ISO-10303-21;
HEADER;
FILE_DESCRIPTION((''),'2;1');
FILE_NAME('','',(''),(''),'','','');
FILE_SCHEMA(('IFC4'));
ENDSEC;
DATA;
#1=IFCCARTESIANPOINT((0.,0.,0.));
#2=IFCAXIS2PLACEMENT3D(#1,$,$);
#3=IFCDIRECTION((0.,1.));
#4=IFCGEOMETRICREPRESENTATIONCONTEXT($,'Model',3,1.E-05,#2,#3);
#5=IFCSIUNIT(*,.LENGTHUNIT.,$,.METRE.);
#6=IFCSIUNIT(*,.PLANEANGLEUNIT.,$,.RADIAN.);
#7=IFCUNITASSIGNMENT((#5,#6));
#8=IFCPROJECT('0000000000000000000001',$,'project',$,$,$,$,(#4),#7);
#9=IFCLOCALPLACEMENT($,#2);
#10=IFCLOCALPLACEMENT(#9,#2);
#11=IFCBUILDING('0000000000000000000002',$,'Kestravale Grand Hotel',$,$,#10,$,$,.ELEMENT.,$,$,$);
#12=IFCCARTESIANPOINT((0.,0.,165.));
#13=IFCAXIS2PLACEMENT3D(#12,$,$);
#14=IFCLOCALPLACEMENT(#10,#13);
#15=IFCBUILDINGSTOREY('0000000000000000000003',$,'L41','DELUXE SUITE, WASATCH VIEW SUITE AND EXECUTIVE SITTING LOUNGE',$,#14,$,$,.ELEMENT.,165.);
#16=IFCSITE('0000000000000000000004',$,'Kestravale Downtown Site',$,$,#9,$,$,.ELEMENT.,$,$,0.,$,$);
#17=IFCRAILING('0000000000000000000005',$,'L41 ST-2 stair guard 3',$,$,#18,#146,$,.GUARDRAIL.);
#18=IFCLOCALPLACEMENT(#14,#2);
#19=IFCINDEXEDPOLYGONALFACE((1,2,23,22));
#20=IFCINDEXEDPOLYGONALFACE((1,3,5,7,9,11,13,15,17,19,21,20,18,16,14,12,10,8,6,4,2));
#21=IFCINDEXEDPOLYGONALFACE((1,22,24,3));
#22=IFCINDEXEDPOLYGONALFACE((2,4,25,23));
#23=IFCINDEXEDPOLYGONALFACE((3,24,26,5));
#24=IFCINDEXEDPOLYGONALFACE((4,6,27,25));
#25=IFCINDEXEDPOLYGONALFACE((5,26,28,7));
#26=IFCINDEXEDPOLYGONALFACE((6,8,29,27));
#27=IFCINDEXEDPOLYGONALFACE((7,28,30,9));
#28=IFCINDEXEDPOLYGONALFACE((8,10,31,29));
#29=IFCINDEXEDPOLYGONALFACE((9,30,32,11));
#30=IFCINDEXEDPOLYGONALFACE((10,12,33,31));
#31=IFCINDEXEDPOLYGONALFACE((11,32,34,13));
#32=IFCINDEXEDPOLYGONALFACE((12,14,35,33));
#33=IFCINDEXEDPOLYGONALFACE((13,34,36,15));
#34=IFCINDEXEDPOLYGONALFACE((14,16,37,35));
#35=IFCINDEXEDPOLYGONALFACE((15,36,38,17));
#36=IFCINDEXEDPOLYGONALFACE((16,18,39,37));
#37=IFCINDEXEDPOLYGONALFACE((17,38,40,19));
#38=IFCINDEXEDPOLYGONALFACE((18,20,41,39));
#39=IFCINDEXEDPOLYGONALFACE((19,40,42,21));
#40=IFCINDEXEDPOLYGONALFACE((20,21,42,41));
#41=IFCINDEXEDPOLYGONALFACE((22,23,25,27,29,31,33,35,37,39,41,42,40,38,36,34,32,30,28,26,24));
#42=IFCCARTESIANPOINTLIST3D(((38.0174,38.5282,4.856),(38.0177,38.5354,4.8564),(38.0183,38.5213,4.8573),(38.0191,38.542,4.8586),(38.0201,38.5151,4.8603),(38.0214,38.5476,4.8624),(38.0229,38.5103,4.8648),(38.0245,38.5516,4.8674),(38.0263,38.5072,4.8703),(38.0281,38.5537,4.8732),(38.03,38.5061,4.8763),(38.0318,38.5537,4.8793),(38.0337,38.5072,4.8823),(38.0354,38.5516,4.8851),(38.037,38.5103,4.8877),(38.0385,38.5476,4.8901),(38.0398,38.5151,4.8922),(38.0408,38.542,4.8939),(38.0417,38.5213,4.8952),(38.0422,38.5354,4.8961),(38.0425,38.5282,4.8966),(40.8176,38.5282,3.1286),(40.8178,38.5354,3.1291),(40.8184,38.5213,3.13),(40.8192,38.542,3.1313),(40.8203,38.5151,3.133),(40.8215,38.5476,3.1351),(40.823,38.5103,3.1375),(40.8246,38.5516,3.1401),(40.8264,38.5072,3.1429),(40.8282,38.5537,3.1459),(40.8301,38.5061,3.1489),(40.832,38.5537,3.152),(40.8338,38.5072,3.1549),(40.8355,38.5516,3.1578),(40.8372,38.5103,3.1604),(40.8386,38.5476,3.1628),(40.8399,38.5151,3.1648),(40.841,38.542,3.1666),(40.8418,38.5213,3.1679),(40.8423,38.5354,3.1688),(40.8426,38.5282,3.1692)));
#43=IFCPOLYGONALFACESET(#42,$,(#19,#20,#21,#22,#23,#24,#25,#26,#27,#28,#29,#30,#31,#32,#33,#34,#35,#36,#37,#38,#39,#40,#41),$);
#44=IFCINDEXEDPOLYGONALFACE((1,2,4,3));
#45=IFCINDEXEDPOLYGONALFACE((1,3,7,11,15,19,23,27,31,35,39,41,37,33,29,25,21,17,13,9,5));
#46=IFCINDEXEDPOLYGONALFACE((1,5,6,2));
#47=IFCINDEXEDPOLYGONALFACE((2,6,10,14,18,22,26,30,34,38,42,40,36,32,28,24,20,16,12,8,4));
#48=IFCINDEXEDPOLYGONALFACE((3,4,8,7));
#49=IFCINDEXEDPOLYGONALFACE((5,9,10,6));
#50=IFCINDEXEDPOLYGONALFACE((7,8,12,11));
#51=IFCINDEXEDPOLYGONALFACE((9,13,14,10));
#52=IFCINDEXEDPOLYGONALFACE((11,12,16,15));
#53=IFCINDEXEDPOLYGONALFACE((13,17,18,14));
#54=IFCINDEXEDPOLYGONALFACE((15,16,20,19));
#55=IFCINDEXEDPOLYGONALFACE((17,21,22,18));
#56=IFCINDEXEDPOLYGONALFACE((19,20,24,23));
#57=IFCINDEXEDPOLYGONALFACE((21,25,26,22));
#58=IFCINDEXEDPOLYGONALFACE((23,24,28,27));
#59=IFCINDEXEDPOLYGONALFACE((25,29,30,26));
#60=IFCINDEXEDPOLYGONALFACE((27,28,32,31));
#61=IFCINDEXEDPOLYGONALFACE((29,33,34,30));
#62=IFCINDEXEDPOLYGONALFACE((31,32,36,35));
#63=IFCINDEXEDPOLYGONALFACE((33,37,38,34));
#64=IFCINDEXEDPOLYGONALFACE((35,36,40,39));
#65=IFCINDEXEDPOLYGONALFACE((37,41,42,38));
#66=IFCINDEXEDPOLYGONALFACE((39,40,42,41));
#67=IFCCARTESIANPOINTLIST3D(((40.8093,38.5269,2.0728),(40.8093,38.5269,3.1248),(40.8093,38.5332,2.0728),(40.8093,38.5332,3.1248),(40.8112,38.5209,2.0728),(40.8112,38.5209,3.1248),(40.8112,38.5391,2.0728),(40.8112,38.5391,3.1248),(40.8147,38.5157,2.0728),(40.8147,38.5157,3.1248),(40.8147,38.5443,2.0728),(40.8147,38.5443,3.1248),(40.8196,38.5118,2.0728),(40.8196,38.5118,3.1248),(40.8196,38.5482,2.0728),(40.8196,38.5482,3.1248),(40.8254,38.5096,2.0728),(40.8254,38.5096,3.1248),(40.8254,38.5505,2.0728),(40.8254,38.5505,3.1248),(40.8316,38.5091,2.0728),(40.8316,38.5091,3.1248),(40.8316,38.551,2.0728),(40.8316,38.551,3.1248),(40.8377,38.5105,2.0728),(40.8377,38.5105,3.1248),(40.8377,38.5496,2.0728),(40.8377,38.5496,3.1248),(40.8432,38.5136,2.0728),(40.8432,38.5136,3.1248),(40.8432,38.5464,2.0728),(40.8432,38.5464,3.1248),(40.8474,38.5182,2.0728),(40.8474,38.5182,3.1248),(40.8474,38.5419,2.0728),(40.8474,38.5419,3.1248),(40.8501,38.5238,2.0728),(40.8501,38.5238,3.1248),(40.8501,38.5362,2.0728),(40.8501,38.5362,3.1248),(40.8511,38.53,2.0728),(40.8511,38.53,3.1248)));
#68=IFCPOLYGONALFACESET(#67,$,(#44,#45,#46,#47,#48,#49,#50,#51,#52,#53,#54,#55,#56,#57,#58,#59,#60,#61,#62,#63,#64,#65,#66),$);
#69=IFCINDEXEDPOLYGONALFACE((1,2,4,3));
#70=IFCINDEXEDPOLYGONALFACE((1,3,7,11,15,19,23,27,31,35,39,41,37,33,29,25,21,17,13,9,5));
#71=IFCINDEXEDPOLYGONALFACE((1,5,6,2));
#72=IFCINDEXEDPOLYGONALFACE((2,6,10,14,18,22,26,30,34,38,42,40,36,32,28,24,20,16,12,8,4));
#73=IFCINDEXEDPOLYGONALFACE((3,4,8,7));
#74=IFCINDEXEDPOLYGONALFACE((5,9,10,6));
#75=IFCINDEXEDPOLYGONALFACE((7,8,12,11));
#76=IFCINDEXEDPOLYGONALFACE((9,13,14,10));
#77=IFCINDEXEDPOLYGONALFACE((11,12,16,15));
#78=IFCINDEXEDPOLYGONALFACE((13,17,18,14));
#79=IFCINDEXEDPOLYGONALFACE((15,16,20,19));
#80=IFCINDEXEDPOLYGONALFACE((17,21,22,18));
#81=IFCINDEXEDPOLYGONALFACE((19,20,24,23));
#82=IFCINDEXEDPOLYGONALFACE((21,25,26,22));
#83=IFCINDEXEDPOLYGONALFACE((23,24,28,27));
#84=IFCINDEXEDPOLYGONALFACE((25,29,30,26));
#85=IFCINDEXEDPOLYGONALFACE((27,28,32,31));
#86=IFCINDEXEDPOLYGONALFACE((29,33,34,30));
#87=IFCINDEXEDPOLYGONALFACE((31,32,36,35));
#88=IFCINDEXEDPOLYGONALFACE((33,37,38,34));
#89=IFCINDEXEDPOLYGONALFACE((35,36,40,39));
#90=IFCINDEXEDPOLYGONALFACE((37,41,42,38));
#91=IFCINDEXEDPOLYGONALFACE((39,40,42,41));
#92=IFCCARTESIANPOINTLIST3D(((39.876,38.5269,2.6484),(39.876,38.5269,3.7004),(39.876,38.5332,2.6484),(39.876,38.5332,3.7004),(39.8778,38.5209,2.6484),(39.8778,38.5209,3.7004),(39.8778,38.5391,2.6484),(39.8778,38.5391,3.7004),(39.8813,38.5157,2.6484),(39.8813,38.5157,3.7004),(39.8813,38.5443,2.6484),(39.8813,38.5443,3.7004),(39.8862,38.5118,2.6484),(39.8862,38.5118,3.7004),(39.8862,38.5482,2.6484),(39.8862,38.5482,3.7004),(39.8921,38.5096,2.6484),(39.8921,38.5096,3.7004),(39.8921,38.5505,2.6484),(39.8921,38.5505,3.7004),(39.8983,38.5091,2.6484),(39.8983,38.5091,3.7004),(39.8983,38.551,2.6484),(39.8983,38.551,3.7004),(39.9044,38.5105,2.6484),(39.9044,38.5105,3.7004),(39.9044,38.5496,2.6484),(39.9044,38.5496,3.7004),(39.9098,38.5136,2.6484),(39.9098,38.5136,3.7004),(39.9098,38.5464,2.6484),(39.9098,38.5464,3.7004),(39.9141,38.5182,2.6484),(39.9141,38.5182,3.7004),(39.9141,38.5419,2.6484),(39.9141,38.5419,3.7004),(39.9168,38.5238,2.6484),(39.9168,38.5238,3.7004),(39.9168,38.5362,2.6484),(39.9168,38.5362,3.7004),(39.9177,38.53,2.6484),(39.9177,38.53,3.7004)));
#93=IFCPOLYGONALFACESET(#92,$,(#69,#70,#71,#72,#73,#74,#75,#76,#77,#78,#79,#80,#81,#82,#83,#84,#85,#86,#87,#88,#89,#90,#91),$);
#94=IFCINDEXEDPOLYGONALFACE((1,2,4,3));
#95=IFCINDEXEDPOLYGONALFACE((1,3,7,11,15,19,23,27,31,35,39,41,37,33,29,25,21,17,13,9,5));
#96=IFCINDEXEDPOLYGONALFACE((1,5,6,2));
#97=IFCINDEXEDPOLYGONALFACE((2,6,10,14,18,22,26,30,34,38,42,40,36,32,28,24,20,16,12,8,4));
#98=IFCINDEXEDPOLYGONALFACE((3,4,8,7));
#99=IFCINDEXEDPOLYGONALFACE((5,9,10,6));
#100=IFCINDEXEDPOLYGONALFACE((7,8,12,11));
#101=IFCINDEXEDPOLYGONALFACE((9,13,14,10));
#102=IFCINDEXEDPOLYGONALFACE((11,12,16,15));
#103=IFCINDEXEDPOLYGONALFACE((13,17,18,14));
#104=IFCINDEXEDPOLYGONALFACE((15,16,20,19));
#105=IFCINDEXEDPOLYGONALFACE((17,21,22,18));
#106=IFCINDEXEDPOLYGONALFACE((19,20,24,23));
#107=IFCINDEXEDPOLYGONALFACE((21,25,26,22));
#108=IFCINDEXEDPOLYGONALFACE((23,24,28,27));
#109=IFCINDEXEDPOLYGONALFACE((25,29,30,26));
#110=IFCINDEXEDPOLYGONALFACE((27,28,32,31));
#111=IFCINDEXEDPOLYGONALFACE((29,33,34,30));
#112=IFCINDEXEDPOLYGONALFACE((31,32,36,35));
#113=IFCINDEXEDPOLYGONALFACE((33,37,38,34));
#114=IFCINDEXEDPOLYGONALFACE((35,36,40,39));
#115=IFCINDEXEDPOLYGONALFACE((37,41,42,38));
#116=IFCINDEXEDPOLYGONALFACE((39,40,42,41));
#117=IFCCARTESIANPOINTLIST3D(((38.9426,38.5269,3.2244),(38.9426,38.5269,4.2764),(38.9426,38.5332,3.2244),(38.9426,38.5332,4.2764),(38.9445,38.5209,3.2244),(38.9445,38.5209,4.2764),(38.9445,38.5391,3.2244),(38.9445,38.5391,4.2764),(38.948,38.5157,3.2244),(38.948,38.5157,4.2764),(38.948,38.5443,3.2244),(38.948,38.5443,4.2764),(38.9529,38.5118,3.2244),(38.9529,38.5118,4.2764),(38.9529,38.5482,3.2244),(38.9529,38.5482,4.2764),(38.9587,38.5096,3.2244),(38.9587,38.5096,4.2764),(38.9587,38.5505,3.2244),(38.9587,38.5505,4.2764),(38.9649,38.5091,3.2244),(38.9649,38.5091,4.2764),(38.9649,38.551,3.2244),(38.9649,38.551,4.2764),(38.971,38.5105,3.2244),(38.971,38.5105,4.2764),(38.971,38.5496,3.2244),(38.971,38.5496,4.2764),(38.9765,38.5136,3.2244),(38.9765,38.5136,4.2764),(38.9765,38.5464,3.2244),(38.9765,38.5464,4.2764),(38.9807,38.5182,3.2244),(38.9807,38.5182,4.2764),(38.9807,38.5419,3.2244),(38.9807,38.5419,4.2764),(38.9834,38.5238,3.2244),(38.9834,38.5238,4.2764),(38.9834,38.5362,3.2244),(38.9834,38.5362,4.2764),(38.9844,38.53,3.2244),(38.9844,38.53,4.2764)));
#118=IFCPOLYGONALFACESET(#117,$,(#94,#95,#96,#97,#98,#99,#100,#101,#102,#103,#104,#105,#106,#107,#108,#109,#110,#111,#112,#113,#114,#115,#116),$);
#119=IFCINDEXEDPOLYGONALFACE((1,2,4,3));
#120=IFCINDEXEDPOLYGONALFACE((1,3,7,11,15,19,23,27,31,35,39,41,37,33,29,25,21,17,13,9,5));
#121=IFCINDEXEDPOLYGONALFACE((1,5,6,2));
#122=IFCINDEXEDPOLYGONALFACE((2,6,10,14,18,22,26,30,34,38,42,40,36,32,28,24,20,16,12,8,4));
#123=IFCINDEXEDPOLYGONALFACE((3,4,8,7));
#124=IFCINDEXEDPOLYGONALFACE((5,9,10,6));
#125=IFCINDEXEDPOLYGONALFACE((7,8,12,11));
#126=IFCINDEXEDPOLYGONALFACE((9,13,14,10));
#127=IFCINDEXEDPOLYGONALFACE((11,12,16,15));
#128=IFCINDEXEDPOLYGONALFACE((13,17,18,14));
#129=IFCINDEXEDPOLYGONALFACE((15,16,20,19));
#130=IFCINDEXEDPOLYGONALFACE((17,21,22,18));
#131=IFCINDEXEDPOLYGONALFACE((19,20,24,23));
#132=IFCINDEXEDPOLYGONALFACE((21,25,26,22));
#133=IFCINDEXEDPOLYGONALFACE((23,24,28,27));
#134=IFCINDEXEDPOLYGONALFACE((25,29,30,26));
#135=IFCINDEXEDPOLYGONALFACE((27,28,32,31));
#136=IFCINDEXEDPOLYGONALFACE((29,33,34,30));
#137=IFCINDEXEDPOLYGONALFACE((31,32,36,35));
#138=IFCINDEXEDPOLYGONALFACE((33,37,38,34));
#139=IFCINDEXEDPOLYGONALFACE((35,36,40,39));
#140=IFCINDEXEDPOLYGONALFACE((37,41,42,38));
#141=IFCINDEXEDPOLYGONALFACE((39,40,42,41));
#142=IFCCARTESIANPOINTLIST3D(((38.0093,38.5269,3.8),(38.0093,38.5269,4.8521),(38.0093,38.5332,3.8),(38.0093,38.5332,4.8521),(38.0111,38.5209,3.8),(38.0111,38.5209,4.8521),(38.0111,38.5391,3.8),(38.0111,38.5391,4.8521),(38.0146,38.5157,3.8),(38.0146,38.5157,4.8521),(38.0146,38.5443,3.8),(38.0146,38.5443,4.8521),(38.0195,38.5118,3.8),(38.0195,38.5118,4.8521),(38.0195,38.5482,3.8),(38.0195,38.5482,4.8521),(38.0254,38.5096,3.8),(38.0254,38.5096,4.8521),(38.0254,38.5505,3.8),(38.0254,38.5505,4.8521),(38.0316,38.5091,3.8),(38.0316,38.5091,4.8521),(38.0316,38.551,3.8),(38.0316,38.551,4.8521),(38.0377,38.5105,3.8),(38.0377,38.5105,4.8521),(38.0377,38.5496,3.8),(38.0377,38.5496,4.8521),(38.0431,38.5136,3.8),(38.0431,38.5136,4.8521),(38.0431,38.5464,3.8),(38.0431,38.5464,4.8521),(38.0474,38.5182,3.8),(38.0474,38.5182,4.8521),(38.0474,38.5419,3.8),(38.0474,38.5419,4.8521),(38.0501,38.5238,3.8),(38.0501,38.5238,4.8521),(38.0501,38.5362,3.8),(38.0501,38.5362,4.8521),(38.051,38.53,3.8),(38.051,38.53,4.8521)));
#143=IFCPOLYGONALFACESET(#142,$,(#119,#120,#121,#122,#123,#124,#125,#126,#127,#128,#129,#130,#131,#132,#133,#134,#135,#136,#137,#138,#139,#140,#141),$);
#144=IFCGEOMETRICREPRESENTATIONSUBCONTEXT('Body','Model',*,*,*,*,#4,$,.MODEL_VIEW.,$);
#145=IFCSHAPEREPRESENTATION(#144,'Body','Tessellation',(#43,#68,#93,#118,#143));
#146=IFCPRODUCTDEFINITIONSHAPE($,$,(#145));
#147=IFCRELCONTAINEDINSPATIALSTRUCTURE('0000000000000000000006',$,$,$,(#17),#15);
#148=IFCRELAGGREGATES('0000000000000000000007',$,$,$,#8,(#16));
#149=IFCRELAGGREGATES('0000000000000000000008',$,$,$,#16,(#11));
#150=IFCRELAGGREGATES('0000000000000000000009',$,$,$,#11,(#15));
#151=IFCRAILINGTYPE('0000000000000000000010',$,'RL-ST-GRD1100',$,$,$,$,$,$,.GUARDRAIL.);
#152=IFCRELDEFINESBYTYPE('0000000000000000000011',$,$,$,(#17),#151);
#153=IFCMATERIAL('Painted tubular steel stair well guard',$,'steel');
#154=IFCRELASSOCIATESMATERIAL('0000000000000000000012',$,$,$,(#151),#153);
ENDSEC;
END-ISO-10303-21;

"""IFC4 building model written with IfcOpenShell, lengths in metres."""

from ifc_helpers import new_model, si_unit, direction, frame, origin, origin_2d, place, context, subcontext, project, spatial, circle, extrude, material, type_object, element, save


model = new_model("IFC4")

# Units and contexts
model_context = context("Model", 3, precision=1e-05, world=origin(), true_north=direction((0.0, 1.0)))
body_context = subcontext(model_context, "Body", "Model", "MODEL_VIEW")
ifc_project = project(units=[si_unit("LENGTHUNIT", "METRE"), si_unit("PLANEANGLEUNIT", "RADIAN")], contexts=[model_context])

# Site, building, storey
site_placement = place(None, origin())
site = spatial("IfcSite", under=ifc_project, at=site_placement, Name="Kestravale Downtown Site", CompositionType="ELEMENT", RefElevation=0.0)
building_placement = place(site_placement, origin())
building = spatial("IfcBuilding", under=site, at=building_placement, Name="Kestravale Grand Hotel", CompositionType="ELEMENT")
storey_placement = place(building_placement, frame((0.0, 0.0, 165.0)))
storey = spatial("IfcBuildingStorey", under=building, at=storey_placement, Name="L41", Description="DELUXE SUITE, WASATCH VIEW SUITE AND EXECUTIVE SITTING LOUNGE", CompositionType="ELEMENT", Elevation=165.0)

# Railing
ifc_material_1 = material(Name="Painted tubular steel stair well guard", Category="steel")
railing_type_1 = type_object("IfcRailingType", Name="RL-ST-GRD1100", PredefinedType="GUARDRAIL", material=ifc_material_1)
railing_1_placement = place(storey_placement, frame((40.8301, 38.53, 2.0728)))
element("IfcRailing", 1, at=railing_1_placement, inside=storey, type_object=railing_type_1, Name="L41 ST-2 stair guard 3", PredefinedType="GUARDRAIL", context=body_context, shape_type="SweptSolid", body=[
    extrude(circle(Radius=0.0239, at=origin_2d()), frame((0.0, 0.0, 1.0762), z_axis=(-0.85109, 0.0, 0.52502), x_axis=(0.0, -1.0, 0.0)), (0.0, 0.0, 1.0), 3.29),
    extrude(circle(Radius=0.021, at=origin_2d()), origin(), (0.0, 0.0, 1.0), 1.052),
    extrude(circle(Radius=0.021, at=origin_2d()), frame((-0.9333, 0.0, 0.5757)), (0.0, 0.0, 1.0), 1.052),
    extrude(circle(Radius=0.021, at=origin_2d()), frame((-1.8667, 0.0, 1.1516)), (0.0, 0.0, 1.0), 1.052),
    extrude(circle(Radius=0.021, at=origin_2d()), frame((-2.8, 0.0, 1.7273)), (0.0, 0.0, 1.0), 1.052),
])

save(model, "model.ifc")
